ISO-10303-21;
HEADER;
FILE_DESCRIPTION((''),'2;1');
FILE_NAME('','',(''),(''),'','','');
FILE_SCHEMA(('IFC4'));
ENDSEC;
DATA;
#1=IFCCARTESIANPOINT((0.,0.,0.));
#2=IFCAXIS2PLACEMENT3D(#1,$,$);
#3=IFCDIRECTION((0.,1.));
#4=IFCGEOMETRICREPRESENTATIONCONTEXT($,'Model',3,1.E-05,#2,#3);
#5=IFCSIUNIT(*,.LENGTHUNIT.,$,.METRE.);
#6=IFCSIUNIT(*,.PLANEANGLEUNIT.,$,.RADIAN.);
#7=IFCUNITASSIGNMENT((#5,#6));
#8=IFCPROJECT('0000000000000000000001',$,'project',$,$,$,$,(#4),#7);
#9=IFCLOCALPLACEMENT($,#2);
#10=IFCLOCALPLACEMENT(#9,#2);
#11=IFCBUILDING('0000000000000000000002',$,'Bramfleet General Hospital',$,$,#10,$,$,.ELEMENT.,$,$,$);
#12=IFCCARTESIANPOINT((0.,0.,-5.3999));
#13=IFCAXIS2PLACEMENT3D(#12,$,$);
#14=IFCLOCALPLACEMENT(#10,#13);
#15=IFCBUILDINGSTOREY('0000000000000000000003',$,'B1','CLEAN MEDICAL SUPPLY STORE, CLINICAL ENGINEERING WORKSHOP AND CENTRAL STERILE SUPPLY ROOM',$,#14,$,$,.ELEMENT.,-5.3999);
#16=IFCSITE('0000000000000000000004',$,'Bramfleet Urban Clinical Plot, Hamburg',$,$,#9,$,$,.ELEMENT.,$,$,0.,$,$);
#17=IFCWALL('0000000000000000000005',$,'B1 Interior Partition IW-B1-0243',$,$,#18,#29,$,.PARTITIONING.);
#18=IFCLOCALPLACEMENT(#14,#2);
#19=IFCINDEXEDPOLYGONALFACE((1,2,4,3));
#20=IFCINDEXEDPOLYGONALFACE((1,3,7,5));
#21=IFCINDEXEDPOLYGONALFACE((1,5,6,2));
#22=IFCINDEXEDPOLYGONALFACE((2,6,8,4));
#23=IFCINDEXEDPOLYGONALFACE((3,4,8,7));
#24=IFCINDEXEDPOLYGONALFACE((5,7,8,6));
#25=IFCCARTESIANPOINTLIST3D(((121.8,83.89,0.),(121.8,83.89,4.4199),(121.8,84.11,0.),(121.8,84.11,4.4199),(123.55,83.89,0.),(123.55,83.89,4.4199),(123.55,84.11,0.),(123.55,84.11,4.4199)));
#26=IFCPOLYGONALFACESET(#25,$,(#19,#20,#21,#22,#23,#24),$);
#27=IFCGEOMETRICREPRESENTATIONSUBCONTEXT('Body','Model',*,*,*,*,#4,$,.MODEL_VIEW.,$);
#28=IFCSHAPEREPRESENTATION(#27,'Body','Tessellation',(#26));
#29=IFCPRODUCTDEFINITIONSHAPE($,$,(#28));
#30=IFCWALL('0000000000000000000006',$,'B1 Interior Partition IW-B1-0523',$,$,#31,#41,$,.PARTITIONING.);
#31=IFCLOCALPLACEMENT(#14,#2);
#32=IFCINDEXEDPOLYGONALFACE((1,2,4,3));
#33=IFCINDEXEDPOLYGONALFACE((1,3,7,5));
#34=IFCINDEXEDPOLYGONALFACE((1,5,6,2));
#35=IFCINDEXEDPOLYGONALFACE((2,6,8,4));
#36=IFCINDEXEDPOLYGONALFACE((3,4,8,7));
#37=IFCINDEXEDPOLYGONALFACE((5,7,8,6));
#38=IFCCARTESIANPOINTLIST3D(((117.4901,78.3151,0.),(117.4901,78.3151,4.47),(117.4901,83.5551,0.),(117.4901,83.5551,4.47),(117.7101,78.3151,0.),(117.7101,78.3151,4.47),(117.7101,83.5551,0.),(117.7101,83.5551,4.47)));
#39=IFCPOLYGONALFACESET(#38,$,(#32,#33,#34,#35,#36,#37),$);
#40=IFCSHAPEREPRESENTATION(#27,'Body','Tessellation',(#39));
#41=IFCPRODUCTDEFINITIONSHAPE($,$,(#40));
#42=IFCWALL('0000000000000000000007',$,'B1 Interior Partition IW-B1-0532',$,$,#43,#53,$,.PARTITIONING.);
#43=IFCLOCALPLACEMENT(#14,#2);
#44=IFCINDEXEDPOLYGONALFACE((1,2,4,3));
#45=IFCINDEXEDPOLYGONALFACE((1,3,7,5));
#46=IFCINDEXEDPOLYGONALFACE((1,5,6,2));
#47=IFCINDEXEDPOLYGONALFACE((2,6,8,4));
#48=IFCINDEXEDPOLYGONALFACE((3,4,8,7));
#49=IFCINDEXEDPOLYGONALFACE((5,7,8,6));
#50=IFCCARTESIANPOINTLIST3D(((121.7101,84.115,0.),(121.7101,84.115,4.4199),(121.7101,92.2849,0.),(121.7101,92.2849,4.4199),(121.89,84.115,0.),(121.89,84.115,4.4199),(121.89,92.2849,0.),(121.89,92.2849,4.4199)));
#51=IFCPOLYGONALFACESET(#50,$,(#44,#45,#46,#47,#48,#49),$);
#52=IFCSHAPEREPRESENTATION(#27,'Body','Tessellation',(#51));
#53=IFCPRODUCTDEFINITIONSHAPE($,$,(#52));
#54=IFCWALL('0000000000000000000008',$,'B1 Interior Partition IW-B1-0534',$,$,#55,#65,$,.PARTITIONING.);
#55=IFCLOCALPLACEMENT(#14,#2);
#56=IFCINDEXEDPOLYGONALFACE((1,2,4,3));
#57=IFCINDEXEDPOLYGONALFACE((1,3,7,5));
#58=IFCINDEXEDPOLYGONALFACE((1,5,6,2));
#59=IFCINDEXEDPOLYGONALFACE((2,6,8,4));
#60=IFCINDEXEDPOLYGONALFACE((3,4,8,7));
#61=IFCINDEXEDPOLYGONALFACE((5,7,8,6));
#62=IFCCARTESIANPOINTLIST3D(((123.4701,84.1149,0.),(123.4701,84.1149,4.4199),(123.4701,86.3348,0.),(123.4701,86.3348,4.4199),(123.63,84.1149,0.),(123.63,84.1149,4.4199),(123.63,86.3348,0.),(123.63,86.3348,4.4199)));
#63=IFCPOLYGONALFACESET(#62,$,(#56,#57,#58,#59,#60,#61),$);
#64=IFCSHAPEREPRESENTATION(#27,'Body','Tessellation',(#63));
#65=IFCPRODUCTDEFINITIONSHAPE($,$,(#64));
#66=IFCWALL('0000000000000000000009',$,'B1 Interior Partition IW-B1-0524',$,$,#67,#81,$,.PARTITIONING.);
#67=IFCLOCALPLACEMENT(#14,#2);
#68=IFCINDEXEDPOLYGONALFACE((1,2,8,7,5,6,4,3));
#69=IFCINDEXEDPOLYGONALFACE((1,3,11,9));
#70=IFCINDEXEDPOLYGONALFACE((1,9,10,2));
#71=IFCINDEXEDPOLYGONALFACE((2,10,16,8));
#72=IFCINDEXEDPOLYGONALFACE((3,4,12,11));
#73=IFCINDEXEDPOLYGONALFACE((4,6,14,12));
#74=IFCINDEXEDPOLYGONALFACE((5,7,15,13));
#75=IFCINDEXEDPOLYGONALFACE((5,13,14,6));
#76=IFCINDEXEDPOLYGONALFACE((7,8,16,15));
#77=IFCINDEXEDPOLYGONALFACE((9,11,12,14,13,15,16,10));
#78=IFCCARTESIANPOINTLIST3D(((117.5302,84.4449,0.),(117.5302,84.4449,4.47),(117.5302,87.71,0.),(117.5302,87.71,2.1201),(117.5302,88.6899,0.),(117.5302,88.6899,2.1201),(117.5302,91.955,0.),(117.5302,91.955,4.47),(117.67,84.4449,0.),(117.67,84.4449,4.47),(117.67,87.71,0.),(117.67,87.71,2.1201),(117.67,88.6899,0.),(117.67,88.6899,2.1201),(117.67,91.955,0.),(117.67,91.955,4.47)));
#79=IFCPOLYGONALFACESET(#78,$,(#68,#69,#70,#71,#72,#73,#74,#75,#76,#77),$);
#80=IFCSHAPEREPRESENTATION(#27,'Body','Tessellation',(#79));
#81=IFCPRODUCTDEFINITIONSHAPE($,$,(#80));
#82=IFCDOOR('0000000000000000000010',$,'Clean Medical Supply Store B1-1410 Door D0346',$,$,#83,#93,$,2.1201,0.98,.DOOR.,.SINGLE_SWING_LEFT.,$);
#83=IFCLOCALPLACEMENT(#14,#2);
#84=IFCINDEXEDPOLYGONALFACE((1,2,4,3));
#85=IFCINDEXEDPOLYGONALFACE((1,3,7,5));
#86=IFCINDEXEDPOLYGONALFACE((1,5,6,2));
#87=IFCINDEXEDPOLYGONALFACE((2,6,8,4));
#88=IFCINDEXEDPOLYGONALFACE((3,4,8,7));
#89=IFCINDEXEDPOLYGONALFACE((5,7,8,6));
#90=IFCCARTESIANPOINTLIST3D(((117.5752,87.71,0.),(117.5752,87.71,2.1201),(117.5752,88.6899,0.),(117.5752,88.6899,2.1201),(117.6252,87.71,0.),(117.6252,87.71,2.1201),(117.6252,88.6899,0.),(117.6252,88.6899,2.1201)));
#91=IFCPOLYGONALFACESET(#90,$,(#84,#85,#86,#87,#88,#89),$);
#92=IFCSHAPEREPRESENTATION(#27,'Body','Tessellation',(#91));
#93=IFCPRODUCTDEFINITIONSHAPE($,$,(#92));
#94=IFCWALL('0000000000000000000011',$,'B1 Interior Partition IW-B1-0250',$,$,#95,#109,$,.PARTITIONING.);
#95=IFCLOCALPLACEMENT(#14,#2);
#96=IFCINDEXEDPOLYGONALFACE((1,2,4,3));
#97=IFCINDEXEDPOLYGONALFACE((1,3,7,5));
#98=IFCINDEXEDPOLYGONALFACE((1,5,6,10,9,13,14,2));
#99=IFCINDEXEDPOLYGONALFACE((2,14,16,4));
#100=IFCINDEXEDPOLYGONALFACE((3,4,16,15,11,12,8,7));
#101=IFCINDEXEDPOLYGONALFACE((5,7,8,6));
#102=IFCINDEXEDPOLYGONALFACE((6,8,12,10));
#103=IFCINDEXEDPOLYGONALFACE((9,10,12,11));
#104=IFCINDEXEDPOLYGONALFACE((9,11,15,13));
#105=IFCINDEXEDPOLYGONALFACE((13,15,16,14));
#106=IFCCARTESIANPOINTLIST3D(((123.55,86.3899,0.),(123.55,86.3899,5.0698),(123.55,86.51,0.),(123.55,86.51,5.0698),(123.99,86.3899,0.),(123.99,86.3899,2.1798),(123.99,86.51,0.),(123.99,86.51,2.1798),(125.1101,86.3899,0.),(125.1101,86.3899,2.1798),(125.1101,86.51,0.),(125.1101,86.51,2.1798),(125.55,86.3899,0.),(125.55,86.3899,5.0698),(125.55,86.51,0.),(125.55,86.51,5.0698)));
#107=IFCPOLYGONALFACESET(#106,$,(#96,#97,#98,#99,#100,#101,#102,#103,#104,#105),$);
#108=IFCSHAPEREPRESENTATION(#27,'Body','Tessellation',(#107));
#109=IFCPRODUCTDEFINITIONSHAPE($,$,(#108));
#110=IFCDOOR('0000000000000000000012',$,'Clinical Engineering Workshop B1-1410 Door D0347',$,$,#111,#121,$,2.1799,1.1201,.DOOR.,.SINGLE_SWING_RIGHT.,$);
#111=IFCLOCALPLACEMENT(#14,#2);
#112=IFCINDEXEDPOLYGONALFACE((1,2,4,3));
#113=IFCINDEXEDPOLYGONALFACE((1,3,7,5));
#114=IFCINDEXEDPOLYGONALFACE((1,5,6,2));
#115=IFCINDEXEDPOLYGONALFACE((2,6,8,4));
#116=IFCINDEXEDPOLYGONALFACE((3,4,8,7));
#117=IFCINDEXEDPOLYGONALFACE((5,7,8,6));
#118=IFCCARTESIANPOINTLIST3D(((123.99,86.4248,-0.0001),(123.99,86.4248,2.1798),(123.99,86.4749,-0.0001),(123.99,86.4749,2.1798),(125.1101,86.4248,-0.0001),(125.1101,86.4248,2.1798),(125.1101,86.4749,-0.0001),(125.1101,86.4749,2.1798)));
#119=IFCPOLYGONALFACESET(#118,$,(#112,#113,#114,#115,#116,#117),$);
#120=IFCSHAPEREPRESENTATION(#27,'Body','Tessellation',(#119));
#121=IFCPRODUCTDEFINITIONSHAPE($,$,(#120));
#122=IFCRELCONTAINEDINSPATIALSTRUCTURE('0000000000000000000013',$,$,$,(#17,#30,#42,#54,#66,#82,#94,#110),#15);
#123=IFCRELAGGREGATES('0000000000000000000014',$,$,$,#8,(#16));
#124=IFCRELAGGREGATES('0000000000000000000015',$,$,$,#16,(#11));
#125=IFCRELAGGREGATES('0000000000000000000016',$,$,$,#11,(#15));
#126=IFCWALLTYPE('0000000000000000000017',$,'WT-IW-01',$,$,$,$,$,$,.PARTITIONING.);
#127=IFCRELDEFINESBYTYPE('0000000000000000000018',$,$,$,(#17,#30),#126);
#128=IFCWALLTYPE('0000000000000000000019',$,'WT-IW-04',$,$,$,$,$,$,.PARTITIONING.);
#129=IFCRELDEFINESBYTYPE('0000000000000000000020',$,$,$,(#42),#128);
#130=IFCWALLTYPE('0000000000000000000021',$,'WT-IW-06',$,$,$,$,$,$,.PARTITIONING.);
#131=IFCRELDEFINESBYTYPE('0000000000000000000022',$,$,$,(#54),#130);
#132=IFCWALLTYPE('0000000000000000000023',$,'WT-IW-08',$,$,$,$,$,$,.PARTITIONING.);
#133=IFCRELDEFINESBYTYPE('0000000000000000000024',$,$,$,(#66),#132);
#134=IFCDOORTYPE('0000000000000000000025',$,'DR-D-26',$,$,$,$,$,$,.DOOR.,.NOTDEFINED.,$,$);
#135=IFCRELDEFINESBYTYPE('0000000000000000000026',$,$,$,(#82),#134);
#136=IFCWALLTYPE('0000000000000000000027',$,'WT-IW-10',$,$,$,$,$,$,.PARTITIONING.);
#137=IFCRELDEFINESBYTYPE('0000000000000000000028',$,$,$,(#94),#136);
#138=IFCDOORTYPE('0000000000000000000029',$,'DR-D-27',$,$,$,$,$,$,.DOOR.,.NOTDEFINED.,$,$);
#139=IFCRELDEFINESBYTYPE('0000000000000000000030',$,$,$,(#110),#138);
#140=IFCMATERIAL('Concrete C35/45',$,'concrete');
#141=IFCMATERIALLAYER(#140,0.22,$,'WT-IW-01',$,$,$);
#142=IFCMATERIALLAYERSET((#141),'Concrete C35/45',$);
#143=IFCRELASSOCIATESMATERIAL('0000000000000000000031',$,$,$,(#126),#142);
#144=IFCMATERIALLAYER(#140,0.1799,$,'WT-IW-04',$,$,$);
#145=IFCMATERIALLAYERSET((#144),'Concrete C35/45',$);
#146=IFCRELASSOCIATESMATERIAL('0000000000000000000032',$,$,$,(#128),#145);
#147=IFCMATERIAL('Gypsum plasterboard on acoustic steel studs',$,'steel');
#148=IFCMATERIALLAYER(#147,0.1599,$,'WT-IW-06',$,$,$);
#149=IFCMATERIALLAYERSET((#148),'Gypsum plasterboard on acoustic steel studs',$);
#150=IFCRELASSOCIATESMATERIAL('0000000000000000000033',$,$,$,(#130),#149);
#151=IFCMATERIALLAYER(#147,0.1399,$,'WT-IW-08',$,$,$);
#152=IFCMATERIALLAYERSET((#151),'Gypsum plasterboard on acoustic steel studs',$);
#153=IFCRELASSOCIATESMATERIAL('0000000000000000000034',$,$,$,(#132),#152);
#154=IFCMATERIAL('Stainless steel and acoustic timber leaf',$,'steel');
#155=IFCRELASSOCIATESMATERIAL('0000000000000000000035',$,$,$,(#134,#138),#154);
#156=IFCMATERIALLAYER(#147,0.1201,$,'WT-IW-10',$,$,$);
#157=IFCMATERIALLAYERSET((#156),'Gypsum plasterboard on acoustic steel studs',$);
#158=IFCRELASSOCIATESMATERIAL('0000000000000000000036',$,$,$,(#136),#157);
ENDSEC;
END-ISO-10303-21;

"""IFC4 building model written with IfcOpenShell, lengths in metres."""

from ifc_helpers import new_model, si_unit, direction, frame, frame_2d, origin, place, context, subcontext, project, spatial, rectangle, extrude, material, layer, layer_set, type_object, element, fill, save


model = new_model("IFC4")

# Units and contexts
model_context = context("Model", 3, precision=1e-05, world=origin(), true_north=direction((0.0, 1.0)))
body_context = subcontext(model_context, "Body", "Model", "MODEL_VIEW")
ifc_project = project(units=[si_unit("LENGTHUNIT", "METRE"), si_unit("PLANEANGLEUNIT", "RADIAN")], contexts=[model_context])

# Site, building, storey
site_placement = place(None, origin())
site = spatial("IfcSite", under=ifc_project, at=site_placement, Name="Bramfleet Urban Clinical Plot, Hamburg", CompositionType="ELEMENT", RefElevation=0.0)
building_placement = place(site_placement, origin())
building = spatial("IfcBuilding", under=site, at=building_placement, Name="Bramfleet General Hospital", CompositionType="ELEMENT")
storey_placement = place(building_placement, frame((0.0, 0.0, -5.3999)))
storey = spatial("IfcBuildingStorey", under=building, at=storey_placement, Name="B1", Description="CLEAN MEDICAL SUPPLY STORE, CLINICAL ENGINEERING WORKSHOP AND CENTRAL STERILE SUPPLY ROOM", CompositionType="ELEMENT", Elevation=-5.3999)

# Shared definitions
ifc_material_1 = material(Name="Concrete C35/45", Category="concrete")

# Shared definitions
ifc_layer_1 = layer(ifc_material_1, 0.22, Name="WT-IW-01")
ifc_layer_set_1 = layer_set([ifc_layer_1], Name="Concrete C35/45")
wall_type_1 = type_object("IfcWallType", Name="WT-IW-01", PredefinedType="PARTITIONING", material=ifc_layer_set_1)
ifc_material_2 = material(Name="Stainless steel and acoustic timber leaf", Category="steel")

# Walls
wall_1_placement = place(storey_placement, frame((121.8, 84.0, 0.0), z_axis=(0.0, 0.0, 1.0), x_axis=(1.0, 0.0, 0.0)))
element("IfcWall", 1, at=wall_1_placement, inside=storey, type_object=wall_type_1, Name="B1 Interior Partition IW-B1-0243", PredefinedType="PARTITIONING", context=body_context, shape_type="SweptSolid", body=[
    extrude(rectangle(XDim=1.75, YDim=0.22, at=frame_2d((0.875, 0.0))), origin(), (0.0, 0.0, 1.0), 4.4199),
])
wall_2_placement = place(storey_placement, frame((117.6001, 78.3149, 0.0), z_axis=(0.0, 0.0, 1.0), x_axis=(0.0, 1.0, 0.0)))
element("IfcWall", 2, at=wall_2_placement, inside=storey, type_object=wall_type_1, Name="B1 Interior Partition IW-B1-0523", PredefinedType="PARTITIONING", context=body_context, shape_type="SweptSolid", body=[
    extrude(rectangle(XDim=5.24, YDim=0.22, at=frame_2d((2.6201, 0.0))), origin(), (0.0, 0.0, 1.0), 4.47),
])
ifc_layer_2 = layer(ifc_material_1, 0.1799, Name="WT-IW-04")
ifc_layer_set_2 = layer_set([ifc_layer_2], Name="Concrete C35/45")
wall_type_2 = type_object("IfcWallType", Name="WT-IW-04", PredefinedType="PARTITIONING", material=ifc_layer_set_2)
wall_3_placement = place(storey_placement, frame((121.8, 84.115, 0.0), z_axis=(0.0, 0.0, 1.0), x_axis=(0.0, 1.0, 0.0)))
element("IfcWall", 3, at=wall_3_placement, inside=storey, type_object=wall_type_2, Name="B1 Interior Partition IW-B1-0532", PredefinedType="PARTITIONING", context=body_context, shape_type="SweptSolid", body=[
    extrude(rectangle(XDim=8.1699, YDim=0.1799, at=frame_2d((4.085, 0.0))), origin(), (0.0, 0.0, 1.0), 4.4199),
])
ifc_material_3 = material(Name="Gypsum plasterboard on acoustic steel studs", Category="steel")
ifc_layer_3 = layer(ifc_material_3, 0.1599, Name="WT-IW-06")
ifc_layer_set_3 = layer_set([ifc_layer_3], Name="Gypsum plasterboard on acoustic steel studs")
wall_type_3 = type_object("IfcWallType", Name="WT-IW-06", PredefinedType="PARTITIONING", material=ifc_layer_set_3)
wall_4_placement = place(storey_placement, frame((123.55, 84.115, 0.0), z_axis=(0.0, 0.0, 1.0), x_axis=(0.0, 1.0, 0.0)))
element("IfcWall", 4, at=wall_4_placement, inside=storey, type_object=wall_type_3, Name="B1 Interior Partition IW-B1-0534", PredefinedType="PARTITIONING", context=body_context, shape_type="SweptSolid", body=[
    extrude(rectangle(XDim=2.22, YDim=0.1599, at=frame_2d((1.1099, 0.0))), origin(), (0.0, 0.0, 1.0), 4.4199),
])

# Walls, openings, doors
ifc_layer_4 = layer(ifc_material_3, 0.1399, Name="WT-IW-08")
ifc_layer_set_4 = layer_set([ifc_layer_4], Name="Gypsum plasterboard on acoustic steel studs")
wall_type_4 = type_object("IfcWallType", Name="WT-IW-08", PredefinedType="PARTITIONING", material=ifc_layer_set_4)
wall_5_placement = place(storey_placement, frame((117.6001, 84.4451, 0.0), z_axis=(0.0, 0.0, 1.0), x_axis=(0.0, 1.0, 0.0)))
wall_5 = element("IfcWall", 5, at=wall_5_placement, inside=storey, type_object=wall_type_4, Name="B1 Interior Partition IW-B1-0524", PredefinedType="PARTITIONING", context=body_context, shape_type="SweptSolid", body=[
    extrude(rectangle(XDim=7.51, YDim=0.1399, at=frame_2d((3.7549, 0.0))), origin(), (0.0, 0.0, 1.0), 4.47),
])
opening_1_placement = place(wall_5_placement, frame((3.2649, 0.0, 0.0)))
opening_1 = element("IfcOpeningElement", 6, at=opening_1_placement, cuts=wall_5, PredefinedType="OPENING", context=body_context, shape_type="SweptSolid", body=[
    extrude(rectangle(XDim=0.98, YDim=2.1201, at=frame_2d((0.49, 1.0601))), frame((0.0, 0.0798, 0.0), z_axis=(0.0, -1.0, 0.0), x_axis=(1.0, 0.0, 0.0)), (0.0, 0.0, 1.0), 0.1599),
])
door_type_1 = type_object("IfcDoorType", Name="DR-D-26", OperationType="NOTDEFINED", PredefinedType="DOOR", material=ifc_material_2)
door_1_placement = place(opening_1_placement, origin())
door_1 = element("IfcDoor", 7, at=door_1_placement, inside=storey, type_object=door_type_1, Name="Clean Medical Supply Store B1-1410 Door D0346", OperationType="SINGLE_SWING_LEFT", OverallHeight=2.1201, OverallWidth=0.98, PredefinedType="DOOR", context=body_context, shape_type="SweptSolid", body=[
    extrude(rectangle(XDim=0.98, YDim=2.1201, at=frame_2d((0.49, 1.0601))), frame((0.0, 0.0249, 0.0), z_axis=(0.0, -1.0, 0.0), x_axis=(1.0, 0.0, 0.0)), (0.0, 0.0, 1.0), 0.05),
])
fill(opening_1, door_1)
ifc_layer_5 = layer(ifc_material_3, 0.1201, Name="WT-IW-10")
ifc_layer_set_5 = layer_set([ifc_layer_5], Name="Gypsum plasterboard on acoustic steel studs")
wall_type_5 = type_object("IfcWallType", Name="WT-IW-10", PredefinedType="PARTITIONING", material=ifc_layer_set_5)
wall_6_placement = place(storey_placement, frame((123.55, 86.45, 0.0), z_axis=(0.0, 0.0, 1.0), x_axis=(1.0, 0.0, 0.0)))
wall_6 = element("IfcWall", 8, at=wall_6_placement, inside=storey, type_object=wall_type_5, Name="B1 Interior Partition IW-B1-0250", PredefinedType="PARTITIONING", context=body_context, shape_type="SweptSolid", body=[
    extrude(rectangle(XDim=2.0, YDim=0.1201, at=frame_2d((1.0, 0.0))), origin(), (0.0, 0.0, 1.0), 5.0698),
])
opening_2_placement = place(wall_6_placement, frame((0.4399, 0.0, 0.0)))
opening_2 = element("IfcOpeningElement", 9, at=opening_2_placement, cuts=wall_6, PredefinedType="OPENING", context=body_context, shape_type="SweptSolid", body=[
    extrude(rectangle(XDim=1.1201, YDim=2.1799, at=frame_2d((0.5601, 1.0898))), frame((0.0, 0.0701, 0.0), z_axis=(0.0, -1.0, 0.0), x_axis=(1.0, 0.0, 0.0)), (0.0, 0.0, 1.0), 0.1401),
])
door_type_2 = type_object("IfcDoorType", Name="DR-D-27", OperationType="NOTDEFINED", PredefinedType="DOOR", material=ifc_material_2)
door_2_placement = place(opening_2_placement, origin())
door_2 = element("IfcDoor", 10, at=door_2_placement, inside=storey, type_object=door_type_2, Name="Clinical Engineering Workshop B1-1410 Door D0347", OperationType="SINGLE_SWING_RIGHT", OverallHeight=2.1799, OverallWidth=1.1201, PredefinedType="DOOR", context=body_context, shape_type="SweptSolid", body=[
    extrude(rectangle(XDim=1.1201, YDim=2.1799, at=frame_2d((0.5601, 1.0898))), frame((0.0, 0.0249, 0.0), z_axis=(0.0, -1.0, 0.0), x_axis=(1.0, 0.0, 0.0)), (0.0, 0.0, 1.0), 0.05),
])
fill(opening_2, door_2)

save(model, "model.ifc")
